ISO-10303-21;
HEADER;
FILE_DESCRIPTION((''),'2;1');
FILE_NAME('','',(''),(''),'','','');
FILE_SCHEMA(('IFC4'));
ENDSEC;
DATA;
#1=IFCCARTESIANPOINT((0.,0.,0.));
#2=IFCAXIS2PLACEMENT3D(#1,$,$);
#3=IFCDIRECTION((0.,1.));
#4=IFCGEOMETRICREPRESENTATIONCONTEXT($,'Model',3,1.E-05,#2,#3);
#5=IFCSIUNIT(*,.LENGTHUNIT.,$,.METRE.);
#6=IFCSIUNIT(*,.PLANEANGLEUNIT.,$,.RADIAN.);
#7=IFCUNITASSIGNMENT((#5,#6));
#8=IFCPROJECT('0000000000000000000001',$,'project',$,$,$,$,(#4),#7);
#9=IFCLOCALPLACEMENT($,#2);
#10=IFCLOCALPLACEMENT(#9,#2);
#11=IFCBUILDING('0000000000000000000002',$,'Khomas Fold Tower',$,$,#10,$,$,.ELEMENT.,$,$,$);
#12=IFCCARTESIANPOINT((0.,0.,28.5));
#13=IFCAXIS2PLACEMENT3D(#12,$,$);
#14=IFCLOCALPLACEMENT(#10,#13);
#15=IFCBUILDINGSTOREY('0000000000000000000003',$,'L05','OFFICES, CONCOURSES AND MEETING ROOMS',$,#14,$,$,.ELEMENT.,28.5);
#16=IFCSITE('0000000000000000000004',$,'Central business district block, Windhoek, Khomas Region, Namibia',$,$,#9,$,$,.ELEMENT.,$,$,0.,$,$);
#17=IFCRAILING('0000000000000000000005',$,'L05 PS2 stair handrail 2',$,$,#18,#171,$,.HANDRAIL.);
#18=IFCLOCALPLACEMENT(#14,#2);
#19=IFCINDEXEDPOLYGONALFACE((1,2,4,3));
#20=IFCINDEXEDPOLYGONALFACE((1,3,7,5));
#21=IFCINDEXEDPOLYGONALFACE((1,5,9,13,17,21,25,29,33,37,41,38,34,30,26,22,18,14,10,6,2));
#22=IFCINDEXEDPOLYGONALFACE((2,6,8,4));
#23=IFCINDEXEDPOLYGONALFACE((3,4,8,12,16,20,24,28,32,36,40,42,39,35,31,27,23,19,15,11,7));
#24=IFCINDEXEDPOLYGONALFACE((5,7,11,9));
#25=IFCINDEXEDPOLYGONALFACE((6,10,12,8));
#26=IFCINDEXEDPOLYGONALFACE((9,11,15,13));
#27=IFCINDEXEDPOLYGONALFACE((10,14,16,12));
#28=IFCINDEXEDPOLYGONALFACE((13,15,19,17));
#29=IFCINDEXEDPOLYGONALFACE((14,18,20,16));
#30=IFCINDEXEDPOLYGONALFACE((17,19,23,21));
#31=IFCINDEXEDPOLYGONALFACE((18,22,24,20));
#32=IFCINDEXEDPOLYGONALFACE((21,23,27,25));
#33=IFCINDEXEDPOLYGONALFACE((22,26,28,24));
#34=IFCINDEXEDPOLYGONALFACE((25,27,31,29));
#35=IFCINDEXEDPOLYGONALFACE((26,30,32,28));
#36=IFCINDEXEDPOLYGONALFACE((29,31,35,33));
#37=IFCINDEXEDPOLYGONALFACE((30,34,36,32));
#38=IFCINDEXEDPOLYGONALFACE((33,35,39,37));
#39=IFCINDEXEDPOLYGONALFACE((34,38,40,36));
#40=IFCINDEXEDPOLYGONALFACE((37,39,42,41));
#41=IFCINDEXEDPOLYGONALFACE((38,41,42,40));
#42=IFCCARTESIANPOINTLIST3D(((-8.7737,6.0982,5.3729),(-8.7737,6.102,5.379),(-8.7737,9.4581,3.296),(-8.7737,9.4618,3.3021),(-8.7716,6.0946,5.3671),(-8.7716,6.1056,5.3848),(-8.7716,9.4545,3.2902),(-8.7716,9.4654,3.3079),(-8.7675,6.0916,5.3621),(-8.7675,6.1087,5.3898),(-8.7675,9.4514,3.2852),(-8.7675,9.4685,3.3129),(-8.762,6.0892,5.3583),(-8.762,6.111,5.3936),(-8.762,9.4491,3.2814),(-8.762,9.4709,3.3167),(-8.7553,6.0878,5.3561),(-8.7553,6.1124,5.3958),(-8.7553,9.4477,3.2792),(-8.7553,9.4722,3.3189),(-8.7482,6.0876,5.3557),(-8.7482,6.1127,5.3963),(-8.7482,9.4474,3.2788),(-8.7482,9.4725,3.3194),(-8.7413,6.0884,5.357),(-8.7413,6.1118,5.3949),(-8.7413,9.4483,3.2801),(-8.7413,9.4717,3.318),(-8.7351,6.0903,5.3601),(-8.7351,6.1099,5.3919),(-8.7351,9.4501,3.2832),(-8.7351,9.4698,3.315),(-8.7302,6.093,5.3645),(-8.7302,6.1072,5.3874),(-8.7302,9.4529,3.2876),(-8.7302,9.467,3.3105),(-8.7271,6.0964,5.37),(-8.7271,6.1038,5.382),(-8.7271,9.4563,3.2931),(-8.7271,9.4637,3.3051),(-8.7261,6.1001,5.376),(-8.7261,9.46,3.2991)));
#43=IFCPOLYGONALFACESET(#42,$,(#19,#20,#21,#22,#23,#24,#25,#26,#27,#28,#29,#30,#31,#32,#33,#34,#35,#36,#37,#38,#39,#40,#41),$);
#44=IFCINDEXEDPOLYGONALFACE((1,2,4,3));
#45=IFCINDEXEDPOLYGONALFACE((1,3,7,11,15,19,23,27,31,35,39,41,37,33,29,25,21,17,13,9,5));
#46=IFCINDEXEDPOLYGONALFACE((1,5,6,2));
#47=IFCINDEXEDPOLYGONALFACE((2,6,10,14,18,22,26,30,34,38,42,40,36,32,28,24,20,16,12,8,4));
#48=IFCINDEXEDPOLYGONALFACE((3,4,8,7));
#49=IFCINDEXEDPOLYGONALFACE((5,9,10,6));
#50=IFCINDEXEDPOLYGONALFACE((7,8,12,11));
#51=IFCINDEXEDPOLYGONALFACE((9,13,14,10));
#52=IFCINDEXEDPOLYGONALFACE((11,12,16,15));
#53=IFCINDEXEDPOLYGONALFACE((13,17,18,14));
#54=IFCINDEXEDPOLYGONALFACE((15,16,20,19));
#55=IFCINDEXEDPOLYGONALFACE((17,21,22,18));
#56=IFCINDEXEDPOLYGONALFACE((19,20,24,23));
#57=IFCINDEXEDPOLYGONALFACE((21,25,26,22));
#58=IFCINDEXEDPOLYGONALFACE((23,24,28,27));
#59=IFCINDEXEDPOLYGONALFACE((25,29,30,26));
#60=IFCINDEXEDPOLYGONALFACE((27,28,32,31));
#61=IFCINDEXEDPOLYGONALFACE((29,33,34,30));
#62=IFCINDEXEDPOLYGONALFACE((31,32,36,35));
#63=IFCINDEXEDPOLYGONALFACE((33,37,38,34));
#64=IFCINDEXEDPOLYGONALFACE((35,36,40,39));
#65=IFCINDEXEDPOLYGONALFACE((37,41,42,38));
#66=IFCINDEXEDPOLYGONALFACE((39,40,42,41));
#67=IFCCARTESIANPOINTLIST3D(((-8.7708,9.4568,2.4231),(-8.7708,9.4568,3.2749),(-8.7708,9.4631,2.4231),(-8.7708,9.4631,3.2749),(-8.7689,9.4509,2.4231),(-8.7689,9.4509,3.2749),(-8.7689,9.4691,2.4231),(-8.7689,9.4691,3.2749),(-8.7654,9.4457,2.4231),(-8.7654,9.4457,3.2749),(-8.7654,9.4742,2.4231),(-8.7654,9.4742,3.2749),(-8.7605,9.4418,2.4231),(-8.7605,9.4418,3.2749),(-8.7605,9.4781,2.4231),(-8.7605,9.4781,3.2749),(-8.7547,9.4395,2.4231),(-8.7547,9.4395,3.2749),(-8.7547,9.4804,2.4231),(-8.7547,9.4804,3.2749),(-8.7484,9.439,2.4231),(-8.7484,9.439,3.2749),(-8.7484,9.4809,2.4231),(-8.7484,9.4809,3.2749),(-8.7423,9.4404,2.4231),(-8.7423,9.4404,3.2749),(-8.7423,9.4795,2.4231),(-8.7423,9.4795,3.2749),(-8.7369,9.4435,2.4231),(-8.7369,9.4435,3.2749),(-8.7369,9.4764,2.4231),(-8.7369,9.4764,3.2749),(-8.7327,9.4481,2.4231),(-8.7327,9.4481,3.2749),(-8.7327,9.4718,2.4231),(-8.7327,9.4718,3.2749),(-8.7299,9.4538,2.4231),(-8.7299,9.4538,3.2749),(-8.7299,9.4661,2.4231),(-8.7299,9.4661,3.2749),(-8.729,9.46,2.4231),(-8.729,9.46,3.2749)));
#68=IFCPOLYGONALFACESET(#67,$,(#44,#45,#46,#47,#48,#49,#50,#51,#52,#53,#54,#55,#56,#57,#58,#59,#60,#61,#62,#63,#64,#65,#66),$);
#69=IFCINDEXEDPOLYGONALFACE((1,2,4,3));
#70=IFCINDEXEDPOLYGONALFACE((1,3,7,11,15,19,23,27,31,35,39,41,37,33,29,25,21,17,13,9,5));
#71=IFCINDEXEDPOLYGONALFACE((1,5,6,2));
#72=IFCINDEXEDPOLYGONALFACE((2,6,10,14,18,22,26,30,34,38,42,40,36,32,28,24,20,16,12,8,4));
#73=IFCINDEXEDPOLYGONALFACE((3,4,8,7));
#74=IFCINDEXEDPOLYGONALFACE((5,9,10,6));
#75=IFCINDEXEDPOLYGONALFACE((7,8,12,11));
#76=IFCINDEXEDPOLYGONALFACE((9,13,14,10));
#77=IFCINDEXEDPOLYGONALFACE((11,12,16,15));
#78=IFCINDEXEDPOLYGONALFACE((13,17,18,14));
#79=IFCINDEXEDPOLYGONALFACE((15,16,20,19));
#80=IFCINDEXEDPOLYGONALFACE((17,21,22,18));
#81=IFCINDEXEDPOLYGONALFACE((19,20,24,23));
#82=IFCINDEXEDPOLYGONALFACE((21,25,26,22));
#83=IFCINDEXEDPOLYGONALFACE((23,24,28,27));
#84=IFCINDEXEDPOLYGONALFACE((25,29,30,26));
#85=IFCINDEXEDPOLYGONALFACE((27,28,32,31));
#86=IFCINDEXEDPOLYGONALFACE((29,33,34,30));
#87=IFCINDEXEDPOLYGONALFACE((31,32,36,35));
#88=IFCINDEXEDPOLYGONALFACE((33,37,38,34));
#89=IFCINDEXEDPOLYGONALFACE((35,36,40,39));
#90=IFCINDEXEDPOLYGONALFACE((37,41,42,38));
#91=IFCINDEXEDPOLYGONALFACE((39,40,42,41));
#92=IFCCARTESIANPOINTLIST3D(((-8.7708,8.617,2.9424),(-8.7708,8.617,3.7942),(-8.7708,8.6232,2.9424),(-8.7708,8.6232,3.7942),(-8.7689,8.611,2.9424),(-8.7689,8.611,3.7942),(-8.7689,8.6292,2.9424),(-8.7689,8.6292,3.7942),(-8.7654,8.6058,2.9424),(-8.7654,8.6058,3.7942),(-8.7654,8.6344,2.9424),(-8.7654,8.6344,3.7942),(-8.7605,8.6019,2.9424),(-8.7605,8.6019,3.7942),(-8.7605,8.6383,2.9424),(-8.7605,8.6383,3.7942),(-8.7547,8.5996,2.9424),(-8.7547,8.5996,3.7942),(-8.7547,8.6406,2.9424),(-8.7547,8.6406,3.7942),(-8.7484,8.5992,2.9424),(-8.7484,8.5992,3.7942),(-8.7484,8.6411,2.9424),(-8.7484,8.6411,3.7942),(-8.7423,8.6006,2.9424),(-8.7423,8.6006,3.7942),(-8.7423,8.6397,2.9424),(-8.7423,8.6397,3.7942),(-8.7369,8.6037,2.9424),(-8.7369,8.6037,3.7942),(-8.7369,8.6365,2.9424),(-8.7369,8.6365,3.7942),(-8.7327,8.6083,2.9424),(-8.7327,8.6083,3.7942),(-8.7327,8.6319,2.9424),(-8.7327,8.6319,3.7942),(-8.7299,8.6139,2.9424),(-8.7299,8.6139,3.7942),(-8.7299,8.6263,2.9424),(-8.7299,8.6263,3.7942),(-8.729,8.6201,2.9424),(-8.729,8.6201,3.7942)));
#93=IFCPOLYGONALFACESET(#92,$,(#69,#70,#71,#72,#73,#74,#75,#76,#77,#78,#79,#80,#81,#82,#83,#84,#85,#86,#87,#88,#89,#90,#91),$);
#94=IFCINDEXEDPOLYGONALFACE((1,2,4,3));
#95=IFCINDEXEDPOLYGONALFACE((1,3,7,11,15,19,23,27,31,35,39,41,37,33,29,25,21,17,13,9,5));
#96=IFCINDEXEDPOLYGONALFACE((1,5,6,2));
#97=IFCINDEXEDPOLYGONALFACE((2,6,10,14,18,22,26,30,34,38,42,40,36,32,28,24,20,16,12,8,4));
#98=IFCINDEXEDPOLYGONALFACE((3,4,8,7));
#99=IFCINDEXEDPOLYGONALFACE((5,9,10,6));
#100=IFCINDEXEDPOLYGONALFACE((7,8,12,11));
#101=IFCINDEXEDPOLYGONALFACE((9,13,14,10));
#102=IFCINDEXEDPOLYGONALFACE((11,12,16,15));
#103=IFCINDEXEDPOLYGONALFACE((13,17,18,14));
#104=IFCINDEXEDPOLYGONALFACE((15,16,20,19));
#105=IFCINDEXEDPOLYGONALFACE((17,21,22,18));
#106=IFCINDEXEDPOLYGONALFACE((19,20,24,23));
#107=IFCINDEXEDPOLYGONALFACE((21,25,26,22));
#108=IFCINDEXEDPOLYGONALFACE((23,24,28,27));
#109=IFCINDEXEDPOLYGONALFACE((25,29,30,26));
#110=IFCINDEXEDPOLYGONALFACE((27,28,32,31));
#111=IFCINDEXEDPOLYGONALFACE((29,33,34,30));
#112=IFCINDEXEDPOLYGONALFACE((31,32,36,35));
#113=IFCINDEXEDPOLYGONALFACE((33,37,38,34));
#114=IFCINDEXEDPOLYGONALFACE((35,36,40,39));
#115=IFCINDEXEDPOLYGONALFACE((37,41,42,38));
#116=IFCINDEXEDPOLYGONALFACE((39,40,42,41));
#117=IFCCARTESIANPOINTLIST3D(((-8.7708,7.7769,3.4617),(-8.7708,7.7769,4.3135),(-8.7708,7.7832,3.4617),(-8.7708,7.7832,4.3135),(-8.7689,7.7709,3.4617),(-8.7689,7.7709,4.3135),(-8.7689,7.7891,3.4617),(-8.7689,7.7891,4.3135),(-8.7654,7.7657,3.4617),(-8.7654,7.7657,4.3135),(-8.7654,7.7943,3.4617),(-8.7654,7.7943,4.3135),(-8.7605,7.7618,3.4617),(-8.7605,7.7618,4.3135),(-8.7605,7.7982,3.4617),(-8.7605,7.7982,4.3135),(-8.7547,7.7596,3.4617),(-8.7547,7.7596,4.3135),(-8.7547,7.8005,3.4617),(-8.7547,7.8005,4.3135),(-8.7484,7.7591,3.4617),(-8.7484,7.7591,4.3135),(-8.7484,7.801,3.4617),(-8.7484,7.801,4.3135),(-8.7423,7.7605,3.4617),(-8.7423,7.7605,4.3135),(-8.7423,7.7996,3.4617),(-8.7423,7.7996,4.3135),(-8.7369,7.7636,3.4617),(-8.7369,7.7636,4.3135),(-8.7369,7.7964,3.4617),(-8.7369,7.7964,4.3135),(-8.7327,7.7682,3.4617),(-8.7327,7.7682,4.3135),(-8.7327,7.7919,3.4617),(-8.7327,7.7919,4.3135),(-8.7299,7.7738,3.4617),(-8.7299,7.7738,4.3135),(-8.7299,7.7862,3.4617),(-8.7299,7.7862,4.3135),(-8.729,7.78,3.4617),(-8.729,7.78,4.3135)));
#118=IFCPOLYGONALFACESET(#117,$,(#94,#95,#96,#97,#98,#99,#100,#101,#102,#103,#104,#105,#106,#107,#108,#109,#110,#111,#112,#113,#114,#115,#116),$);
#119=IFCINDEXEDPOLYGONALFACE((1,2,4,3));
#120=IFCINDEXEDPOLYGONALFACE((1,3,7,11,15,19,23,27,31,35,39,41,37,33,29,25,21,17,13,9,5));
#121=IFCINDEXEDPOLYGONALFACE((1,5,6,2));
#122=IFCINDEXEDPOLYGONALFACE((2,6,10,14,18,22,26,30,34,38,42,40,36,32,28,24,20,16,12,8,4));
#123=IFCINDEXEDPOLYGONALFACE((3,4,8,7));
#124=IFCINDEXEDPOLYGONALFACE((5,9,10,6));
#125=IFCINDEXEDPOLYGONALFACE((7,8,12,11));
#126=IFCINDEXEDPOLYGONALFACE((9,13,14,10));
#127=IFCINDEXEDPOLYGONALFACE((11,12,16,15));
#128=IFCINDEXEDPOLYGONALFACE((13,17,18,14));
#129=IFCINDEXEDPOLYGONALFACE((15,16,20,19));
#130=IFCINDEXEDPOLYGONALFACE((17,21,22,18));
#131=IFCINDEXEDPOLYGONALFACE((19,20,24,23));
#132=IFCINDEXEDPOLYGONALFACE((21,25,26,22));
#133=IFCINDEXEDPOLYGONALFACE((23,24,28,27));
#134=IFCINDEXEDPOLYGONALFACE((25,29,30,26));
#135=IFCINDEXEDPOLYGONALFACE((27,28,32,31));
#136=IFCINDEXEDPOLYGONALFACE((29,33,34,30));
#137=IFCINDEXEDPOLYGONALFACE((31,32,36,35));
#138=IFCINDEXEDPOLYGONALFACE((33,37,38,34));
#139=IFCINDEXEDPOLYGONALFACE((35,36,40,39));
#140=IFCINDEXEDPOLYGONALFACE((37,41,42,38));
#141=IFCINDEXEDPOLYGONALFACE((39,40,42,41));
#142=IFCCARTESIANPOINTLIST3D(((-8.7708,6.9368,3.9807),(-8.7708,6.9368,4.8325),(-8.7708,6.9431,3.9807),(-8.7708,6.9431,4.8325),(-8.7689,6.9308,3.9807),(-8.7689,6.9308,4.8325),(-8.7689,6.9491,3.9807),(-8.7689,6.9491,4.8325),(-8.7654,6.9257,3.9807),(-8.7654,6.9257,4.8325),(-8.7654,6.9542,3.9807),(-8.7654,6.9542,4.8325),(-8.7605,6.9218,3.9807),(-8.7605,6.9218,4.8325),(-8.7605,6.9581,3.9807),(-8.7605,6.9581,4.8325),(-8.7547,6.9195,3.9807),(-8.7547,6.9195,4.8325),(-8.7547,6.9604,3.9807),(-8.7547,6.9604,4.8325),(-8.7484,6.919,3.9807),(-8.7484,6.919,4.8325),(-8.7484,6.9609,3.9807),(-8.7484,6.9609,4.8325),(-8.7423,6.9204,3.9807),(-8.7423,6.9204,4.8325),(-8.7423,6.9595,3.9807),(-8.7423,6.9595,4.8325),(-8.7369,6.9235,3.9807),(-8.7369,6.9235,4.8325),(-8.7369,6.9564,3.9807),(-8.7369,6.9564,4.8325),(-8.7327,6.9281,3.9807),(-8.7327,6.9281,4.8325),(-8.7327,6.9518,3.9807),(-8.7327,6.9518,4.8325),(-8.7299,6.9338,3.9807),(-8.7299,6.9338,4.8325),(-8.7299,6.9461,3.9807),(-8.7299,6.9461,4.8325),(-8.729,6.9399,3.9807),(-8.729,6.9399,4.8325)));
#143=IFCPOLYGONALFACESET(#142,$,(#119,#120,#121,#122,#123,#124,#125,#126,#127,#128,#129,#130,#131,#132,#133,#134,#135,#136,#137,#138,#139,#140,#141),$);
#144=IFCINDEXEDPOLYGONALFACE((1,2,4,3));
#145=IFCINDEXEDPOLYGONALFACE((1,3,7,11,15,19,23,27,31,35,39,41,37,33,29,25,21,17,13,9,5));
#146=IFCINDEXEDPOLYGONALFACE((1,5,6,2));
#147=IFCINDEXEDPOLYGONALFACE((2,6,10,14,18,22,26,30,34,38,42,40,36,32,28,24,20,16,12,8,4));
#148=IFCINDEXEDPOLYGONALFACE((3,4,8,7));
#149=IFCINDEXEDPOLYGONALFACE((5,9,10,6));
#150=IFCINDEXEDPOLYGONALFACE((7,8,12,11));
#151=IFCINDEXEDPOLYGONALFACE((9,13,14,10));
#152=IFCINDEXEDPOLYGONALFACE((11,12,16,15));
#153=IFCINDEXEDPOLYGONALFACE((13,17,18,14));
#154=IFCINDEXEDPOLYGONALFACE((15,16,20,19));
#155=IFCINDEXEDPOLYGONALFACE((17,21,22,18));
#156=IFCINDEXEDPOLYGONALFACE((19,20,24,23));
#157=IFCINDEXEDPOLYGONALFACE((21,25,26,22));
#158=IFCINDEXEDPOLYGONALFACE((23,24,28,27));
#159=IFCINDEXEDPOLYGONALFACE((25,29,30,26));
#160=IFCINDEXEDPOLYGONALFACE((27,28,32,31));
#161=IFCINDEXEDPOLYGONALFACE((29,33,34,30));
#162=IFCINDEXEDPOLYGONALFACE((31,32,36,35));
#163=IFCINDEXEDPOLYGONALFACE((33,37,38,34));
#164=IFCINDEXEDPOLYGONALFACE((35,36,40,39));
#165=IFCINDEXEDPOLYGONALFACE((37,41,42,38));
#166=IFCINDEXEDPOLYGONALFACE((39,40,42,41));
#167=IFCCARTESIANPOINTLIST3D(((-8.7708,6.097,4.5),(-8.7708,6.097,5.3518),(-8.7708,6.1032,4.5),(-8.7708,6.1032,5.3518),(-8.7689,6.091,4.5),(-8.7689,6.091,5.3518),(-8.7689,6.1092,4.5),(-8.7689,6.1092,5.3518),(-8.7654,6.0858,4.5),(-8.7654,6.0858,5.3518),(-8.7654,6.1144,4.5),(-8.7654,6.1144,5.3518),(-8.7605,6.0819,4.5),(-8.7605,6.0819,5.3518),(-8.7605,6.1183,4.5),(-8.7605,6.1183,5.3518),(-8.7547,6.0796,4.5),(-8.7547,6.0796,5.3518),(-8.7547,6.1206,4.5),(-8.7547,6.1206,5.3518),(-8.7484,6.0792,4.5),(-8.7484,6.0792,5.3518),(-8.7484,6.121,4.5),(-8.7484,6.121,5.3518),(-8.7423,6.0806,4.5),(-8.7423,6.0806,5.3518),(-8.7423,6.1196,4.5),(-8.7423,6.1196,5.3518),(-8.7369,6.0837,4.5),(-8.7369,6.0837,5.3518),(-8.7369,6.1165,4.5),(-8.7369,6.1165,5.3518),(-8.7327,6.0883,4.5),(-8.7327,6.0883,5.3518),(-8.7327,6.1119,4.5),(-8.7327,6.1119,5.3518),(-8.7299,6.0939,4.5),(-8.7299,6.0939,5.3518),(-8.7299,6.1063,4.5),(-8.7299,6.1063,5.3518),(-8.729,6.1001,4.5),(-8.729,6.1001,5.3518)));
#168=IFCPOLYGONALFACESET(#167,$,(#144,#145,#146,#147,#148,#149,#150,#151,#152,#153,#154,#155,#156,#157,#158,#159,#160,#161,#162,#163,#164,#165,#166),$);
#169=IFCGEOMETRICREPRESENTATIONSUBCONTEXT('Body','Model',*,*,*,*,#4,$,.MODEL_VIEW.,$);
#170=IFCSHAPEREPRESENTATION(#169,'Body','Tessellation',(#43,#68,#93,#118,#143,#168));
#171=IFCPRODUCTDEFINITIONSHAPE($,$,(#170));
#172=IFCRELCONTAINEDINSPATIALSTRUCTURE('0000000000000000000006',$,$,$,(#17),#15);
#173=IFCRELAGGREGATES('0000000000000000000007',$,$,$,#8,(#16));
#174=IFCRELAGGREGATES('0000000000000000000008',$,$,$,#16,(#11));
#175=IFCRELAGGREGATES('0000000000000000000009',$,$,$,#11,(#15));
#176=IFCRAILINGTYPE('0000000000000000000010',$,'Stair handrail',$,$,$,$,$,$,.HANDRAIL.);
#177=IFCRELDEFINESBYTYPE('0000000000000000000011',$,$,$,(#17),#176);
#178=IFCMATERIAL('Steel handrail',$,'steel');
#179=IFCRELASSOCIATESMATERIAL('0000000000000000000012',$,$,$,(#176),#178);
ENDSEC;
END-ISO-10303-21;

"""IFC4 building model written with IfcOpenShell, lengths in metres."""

from ifc_helpers import new_model, si_unit, direction, frame, origin, origin_2d, place, context, subcontext, project, spatial, circle, extrude, source, transform, mapped, material, type_object, element, save


model = new_model("IFC4")

# Units and contexts
model_context = context("Model", 3, precision=1e-05, world=origin(), true_north=direction((0.0, 1.0)))
body_context = subcontext(model_context, "Body", "Model", "MODEL_VIEW")
ifc_project = project(units=[si_unit("LENGTHUNIT", "METRE"), si_unit("PLANEANGLEUNIT", "RADIAN")], contexts=[model_context])

# Site, building, storey
site_placement = place(None, origin())
site = spatial("IfcSite", under=ifc_project, at=site_placement, Name="Central business district block, Windhoek, Khomas Region, Namibia", CompositionType="ELEMENT", RefElevation=0.0)
building_placement = place(site_placement, origin())
building = spatial("IfcBuilding", under=site, at=building_placement, Name="Khomas Fold Tower", CompositionType="ELEMENT")
storey_placement = place(building_placement, frame((0.0, 0.0, 28.5)))
storey = spatial("IfcBuildingStorey", under=building, at=storey_placement, Name="L05", Description="OFFICES, CONCOURSES AND MEETING ROOMS", CompositionType="ELEMENT", Elevation=28.5)

# Railing
ifc_material_1 = material(Name="Steel handrail", Category="steel")
railing_type_1 = type_object("IfcRailingType", Name="Stair handrail", PredefinedType="HANDRAIL", material=ifc_material_1)
shared_shape_1 = source(origin(), body_context, "Body", "SweptSolid", [
    extrude(circle(Radius=0.0239, at=origin_2d()), frame((0.0, 0.0, 0.876), z_axis=(0.0, -0.850606, 0.525803), x_axis=(1.0, 0.0, 0.0)), (0.0, 0.0, 1.0), 3.95),
    extrude(circle(Radius=0.021, at=origin_2d()), origin(), (0.0, 0.0, 1.0), 0.8518),
    extrude(circle(Radius=0.021, at=origin_2d()), frame((0.0, -0.8398, 0.5193)), (0.0, 0.0, 1.0), 0.8518),
    extrude(circle(Radius=0.021, at=origin_2d()), frame((0.0, -1.6799, 1.0386)), (0.0, 0.0, 1.0), 0.8518),
    extrude(circle(Radius=0.021, at=origin_2d()), frame((0.0, -2.52, 1.5576)), (0.0, 0.0, 1.0), 0.8518),
    extrude(circle(Radius=0.021, at=origin_2d()), frame((0.0, -3.3599, 2.0769)), (0.0, 0.0, 1.0), 0.8518),
])
railing_1_placement = place(storey_placement, frame((-8.75, 9.46, 2.4231)))
element("IfcRailing", 1, at=railing_1_placement, inside=storey, type_object=railing_type_1, Name="L05 PS2 stair handrail 2", PredefinedType="HANDRAIL", context=body_context, shape_type="MappedRepresentation", body=[
    mapped(shared_shape_1, transform((0.0, 0.0, 0.0))),
])

save(model, "model.ifc")
